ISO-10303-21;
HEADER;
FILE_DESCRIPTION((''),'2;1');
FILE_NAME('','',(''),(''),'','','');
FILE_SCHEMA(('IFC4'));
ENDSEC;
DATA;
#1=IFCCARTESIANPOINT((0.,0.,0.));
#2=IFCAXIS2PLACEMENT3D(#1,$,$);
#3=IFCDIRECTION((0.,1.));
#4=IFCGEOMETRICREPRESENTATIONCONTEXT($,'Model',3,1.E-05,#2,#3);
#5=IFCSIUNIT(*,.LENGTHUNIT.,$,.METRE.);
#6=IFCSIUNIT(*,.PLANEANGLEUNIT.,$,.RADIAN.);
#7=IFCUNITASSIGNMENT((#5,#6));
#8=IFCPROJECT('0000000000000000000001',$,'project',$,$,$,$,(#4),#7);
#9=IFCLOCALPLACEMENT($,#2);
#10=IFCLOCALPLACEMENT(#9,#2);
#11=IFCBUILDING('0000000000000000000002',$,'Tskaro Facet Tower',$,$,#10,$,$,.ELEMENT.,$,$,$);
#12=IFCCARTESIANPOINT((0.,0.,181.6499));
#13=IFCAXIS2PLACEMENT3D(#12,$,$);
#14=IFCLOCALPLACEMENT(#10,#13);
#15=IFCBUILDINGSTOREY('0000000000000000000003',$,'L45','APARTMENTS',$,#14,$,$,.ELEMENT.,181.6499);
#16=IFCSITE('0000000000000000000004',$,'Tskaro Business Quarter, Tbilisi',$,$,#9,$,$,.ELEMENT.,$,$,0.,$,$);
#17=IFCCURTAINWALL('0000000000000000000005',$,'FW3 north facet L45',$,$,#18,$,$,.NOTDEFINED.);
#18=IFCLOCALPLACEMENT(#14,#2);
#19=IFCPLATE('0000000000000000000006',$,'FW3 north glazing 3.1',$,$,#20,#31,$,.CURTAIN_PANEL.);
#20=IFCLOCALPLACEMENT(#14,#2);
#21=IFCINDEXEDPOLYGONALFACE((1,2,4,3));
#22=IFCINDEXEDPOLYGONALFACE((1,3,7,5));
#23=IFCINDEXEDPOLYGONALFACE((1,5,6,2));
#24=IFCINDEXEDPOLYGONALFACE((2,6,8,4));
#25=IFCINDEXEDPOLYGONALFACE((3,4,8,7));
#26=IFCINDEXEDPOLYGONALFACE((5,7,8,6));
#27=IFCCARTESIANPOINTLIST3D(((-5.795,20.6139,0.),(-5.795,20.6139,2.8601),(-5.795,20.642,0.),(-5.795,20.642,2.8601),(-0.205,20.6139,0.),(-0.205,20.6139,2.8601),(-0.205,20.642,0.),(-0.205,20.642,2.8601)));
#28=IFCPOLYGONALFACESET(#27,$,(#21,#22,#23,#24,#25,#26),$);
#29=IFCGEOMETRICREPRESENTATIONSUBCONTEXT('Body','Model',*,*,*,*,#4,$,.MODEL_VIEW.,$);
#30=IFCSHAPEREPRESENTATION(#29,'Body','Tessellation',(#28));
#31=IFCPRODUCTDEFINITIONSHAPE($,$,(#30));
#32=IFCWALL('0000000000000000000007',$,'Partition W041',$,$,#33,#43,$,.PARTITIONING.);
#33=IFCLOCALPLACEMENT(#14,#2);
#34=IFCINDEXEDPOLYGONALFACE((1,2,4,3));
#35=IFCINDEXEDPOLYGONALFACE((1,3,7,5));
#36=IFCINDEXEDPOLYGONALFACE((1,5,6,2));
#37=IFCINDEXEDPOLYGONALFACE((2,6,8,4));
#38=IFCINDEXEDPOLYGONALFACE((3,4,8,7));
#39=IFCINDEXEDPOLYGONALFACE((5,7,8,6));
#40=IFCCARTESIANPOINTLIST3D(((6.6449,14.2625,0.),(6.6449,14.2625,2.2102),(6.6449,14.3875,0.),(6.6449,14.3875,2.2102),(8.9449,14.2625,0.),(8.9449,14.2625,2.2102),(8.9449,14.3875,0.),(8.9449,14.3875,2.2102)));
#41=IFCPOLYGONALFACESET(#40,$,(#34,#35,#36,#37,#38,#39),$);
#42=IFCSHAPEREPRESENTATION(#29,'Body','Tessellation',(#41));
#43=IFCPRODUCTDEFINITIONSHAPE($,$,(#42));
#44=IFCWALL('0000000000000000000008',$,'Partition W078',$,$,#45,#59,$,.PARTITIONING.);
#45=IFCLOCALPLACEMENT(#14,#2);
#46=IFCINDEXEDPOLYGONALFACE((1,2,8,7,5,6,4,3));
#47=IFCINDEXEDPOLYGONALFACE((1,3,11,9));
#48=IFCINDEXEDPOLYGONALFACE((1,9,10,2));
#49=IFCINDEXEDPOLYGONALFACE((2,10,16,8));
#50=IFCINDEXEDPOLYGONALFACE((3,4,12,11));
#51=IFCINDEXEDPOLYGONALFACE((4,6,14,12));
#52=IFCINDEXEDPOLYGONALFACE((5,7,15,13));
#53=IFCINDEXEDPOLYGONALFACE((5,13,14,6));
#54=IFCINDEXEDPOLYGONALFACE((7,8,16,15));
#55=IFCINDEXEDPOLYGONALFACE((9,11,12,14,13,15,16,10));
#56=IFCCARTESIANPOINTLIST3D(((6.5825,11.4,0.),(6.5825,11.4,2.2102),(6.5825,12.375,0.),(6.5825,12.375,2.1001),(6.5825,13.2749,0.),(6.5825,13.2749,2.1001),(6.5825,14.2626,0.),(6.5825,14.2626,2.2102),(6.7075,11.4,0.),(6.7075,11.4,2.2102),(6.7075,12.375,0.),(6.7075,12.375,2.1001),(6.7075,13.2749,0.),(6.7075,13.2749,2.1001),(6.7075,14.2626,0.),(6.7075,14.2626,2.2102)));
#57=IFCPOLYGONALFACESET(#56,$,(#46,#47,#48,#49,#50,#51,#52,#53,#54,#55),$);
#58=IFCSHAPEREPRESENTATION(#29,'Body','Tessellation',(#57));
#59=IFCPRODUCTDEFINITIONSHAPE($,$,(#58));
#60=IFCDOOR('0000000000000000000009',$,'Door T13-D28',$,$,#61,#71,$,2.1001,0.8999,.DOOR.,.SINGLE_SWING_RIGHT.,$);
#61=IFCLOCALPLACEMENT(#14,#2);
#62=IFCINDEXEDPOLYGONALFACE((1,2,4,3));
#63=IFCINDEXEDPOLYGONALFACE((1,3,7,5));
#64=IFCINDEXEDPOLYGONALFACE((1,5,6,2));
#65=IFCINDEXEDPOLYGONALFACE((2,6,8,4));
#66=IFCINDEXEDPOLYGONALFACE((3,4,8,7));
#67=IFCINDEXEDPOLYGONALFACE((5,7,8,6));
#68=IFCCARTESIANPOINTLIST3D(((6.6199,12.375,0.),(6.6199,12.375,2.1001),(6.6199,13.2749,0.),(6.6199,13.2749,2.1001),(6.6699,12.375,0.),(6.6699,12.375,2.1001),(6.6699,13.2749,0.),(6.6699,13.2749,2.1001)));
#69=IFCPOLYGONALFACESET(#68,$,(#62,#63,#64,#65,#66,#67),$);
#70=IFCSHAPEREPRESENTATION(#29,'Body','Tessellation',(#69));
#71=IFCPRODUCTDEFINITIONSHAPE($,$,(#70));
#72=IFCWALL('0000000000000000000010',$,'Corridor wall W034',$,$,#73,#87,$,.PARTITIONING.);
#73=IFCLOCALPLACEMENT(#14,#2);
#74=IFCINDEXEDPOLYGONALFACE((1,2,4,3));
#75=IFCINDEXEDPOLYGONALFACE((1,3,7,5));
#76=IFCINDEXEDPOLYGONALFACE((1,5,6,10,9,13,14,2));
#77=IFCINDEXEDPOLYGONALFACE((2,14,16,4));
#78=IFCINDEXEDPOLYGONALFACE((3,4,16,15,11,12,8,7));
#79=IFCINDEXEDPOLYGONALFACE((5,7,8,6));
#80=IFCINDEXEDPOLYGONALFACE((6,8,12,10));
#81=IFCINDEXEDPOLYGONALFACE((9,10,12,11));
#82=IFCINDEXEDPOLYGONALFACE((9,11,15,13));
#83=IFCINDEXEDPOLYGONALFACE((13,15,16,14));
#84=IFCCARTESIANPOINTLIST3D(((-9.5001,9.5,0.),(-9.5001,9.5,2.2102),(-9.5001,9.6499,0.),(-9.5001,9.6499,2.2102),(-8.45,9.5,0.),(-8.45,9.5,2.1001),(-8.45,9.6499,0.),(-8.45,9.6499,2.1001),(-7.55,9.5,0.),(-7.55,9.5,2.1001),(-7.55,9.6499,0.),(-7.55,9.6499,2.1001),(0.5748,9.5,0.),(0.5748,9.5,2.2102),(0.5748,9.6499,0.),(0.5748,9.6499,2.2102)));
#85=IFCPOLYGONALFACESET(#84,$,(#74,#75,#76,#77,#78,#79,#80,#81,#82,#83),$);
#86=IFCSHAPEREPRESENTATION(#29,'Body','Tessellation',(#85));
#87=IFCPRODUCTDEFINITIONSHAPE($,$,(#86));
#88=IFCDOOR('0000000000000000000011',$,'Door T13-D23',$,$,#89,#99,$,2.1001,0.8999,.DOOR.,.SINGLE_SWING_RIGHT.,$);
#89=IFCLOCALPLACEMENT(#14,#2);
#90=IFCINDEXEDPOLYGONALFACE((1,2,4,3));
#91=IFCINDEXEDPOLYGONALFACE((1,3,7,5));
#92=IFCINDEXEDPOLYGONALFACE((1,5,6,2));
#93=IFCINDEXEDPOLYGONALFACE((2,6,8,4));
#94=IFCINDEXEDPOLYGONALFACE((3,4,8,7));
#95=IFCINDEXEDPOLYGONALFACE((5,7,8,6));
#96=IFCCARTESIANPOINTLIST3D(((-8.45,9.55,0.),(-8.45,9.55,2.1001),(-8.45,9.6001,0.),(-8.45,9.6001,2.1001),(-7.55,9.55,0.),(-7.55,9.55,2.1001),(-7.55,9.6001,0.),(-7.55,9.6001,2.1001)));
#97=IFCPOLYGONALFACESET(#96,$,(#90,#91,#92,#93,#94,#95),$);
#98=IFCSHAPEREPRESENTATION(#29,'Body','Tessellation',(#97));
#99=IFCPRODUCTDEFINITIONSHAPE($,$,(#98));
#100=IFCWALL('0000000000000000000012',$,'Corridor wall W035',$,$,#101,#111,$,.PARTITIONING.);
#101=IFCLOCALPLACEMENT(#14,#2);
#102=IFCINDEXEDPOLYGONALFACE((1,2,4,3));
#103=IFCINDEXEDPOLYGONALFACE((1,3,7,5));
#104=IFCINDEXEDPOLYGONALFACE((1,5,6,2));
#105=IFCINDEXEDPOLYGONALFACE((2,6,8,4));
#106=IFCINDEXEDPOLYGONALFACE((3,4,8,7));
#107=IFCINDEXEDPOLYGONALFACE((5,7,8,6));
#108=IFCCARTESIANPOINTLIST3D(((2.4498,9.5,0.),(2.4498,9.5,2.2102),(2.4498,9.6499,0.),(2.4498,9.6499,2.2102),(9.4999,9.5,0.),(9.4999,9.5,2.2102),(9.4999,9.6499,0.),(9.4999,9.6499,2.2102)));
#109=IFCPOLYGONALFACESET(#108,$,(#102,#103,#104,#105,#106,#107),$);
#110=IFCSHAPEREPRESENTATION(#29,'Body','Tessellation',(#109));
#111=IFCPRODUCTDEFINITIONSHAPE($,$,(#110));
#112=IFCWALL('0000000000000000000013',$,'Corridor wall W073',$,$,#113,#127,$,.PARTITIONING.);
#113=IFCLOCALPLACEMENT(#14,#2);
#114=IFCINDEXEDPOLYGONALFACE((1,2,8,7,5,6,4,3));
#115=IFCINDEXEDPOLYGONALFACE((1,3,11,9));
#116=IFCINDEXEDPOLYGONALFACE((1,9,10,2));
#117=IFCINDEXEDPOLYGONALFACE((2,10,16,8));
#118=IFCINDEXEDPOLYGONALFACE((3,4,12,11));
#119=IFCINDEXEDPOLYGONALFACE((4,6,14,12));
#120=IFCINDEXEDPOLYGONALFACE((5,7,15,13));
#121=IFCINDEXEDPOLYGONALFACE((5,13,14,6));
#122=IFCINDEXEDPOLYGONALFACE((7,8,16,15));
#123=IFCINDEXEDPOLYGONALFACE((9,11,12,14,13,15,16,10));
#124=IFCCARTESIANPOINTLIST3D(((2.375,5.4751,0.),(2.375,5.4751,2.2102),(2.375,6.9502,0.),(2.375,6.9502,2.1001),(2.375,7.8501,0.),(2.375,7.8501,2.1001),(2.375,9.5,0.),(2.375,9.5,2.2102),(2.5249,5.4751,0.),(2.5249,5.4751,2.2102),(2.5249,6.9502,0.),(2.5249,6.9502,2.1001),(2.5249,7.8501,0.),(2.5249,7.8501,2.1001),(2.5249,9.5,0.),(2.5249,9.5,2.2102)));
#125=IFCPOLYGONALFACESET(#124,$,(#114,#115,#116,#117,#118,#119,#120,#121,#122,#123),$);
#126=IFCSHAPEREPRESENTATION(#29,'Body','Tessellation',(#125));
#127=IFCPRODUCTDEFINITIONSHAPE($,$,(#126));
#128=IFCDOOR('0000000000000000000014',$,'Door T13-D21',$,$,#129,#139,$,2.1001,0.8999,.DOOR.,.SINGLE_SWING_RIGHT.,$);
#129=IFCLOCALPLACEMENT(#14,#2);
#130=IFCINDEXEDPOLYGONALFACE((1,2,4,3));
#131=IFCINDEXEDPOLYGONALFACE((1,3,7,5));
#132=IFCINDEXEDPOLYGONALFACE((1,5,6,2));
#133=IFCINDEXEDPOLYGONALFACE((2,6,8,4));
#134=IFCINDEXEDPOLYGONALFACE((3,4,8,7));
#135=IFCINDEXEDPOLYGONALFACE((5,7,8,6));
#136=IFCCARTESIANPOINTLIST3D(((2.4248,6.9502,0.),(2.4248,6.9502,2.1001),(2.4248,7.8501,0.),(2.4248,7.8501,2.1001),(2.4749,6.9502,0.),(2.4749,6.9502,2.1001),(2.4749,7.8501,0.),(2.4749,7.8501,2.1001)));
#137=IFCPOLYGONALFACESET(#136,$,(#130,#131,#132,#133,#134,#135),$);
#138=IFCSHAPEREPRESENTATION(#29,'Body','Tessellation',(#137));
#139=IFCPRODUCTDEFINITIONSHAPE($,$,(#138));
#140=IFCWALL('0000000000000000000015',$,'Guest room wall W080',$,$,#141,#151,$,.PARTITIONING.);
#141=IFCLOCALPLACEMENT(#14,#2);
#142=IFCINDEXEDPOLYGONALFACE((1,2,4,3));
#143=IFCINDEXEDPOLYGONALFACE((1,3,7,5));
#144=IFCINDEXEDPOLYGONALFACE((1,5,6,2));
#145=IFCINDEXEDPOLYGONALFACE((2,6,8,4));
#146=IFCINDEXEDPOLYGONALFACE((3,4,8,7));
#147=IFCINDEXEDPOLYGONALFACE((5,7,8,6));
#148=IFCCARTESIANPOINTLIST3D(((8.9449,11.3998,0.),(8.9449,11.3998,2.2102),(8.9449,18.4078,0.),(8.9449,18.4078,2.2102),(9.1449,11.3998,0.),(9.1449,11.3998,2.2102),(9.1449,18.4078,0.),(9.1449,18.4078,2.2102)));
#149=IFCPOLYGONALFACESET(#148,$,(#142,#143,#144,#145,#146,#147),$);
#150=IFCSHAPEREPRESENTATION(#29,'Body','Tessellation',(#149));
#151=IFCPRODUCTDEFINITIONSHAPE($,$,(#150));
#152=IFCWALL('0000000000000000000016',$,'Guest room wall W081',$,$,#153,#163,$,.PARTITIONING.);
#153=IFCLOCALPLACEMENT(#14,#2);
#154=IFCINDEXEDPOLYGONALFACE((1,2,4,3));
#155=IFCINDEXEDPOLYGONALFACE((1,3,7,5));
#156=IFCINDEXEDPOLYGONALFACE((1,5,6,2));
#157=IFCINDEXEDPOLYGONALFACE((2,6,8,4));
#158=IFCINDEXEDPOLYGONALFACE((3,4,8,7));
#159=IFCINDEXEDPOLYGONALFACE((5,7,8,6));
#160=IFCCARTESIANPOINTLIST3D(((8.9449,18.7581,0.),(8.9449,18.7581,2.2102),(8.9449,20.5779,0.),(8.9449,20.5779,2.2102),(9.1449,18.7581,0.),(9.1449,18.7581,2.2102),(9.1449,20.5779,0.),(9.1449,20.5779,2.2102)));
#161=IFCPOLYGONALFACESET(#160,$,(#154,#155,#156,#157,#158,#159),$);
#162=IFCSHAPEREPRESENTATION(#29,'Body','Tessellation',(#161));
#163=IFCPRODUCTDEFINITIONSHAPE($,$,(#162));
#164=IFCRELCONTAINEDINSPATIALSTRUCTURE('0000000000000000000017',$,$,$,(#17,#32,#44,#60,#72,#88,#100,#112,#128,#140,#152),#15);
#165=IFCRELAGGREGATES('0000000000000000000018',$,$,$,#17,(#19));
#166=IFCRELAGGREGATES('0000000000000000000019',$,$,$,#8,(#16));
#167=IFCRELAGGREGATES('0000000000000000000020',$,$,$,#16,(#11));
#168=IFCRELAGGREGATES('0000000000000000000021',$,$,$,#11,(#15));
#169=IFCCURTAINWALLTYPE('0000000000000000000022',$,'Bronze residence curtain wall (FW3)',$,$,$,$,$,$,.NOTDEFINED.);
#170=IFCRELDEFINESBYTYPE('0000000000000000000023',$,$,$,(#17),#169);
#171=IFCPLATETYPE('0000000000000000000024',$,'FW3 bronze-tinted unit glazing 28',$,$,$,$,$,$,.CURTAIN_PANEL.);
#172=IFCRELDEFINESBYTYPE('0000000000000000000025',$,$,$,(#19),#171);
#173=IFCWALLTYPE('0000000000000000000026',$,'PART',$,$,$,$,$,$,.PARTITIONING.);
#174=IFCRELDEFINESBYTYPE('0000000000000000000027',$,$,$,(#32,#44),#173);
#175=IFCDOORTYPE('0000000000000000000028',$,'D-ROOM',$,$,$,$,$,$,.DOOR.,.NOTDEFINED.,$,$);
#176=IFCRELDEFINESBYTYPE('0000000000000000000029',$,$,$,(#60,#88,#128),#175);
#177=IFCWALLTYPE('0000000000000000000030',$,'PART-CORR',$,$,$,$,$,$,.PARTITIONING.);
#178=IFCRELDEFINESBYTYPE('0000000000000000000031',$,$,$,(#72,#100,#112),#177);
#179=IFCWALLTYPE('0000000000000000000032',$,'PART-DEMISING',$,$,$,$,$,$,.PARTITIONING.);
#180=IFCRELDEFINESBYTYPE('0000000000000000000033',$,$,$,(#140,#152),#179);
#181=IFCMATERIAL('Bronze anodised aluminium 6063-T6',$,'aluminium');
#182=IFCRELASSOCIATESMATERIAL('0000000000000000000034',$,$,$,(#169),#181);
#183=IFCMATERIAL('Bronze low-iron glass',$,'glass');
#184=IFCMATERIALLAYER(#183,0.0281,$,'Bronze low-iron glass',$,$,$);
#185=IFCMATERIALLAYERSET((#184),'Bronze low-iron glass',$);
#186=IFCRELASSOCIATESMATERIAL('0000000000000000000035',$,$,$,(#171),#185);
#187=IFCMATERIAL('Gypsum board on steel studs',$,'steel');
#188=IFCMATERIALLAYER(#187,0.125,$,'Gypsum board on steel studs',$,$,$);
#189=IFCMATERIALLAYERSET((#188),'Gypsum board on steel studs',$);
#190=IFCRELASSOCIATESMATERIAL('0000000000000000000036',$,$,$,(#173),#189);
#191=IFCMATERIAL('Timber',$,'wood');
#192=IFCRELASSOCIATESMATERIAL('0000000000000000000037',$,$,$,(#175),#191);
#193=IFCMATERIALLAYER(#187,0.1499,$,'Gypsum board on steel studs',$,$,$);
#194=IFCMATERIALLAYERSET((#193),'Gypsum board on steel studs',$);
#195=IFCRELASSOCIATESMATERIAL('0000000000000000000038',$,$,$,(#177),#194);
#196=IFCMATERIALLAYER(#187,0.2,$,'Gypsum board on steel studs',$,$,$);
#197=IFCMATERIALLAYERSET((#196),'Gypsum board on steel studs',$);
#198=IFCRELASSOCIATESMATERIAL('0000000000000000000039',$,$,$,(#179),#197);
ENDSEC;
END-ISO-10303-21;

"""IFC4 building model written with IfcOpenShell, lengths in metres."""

from ifc_helpers import new_model, si_unit, direction, frame, frame_2d, origin, origin_2d, place, context, subcontext, project, spatial, rectangle, extrude, material, layer, layer_set, type_object, element, fill, aggregate, save


model = new_model("IFC4")

# Units and contexts
model_context = context("Model", 3, precision=1e-05, world=origin(), true_north=direction((0.0, 1.0)))
body_context = subcontext(model_context, "Body", "Model", "MODEL_VIEW")
ifc_project = project(units=[si_unit("LENGTHUNIT", "METRE"), si_unit("PLANEANGLEUNIT", "RADIAN")], contexts=[model_context])

# Site, building, storey
site_placement = place(None, origin())
site = spatial("IfcSite", under=ifc_project, at=site_placement, Name="Tskaro Business Quarter, Tbilisi", CompositionType="ELEMENT", RefElevation=0.0)
building_placement = place(site_placement, origin())
building = spatial("IfcBuilding", under=site, at=building_placement, Name="Tskaro Facet Tower", CompositionType="ELEMENT")
storey_placement = place(building_placement, frame((0.0, 0.0, 181.6499)))
storey = spatial("IfcBuildingStorey", under=building, at=storey_placement, Name="L45", Description="APARTMENTS", CompositionType="ELEMENT", Elevation=181.6499)

# Curtain wall
ifc_material_1 = material(Name="Bronze anodised aluminium 6063-T6", Category="aluminium")
curtain_wall_type = type_object("IfcCurtainWallType", Name="Bronze residence curtain wall (FW3)", PredefinedType="NOTDEFINED", material=ifc_material_1)
curtain_wall_placement = place(storey_placement, origin())
curtain_wall = element("IfcCurtainWall", 1, at=curtain_wall_placement, inside=storey, type_object=curtain_wall_type, Name="FW3 north facet L45", PredefinedType="NOTDEFINED")

# Plate
ifc_material_2 = material(Name="Bronze low-iron glass", Category="glass")
ifc_layer_1 = layer(ifc_material_2, 0.0281, Name="Bronze low-iron glass")
ifc_layer_set_1 = layer_set([ifc_layer_1], Name="Bronze low-iron glass")
plate_type = type_object("IfcPlateType", Name="FW3 bronze-tinted unit glazing 28", PredefinedType="CURTAIN_PANEL", material=ifc_layer_set_1)
plate_1_placement = place(storey_placement, frame((-3.0, 20.6279, 0.0), z_axis=(0.0, 0.0, 1.0), x_axis=(-1.0, 0.0, 0.0)))
plate_1 = element("IfcPlate", 2, at=plate_1_placement, type_object=plate_type, Name="FW3 north glazing 3.1", PredefinedType="CURTAIN_PANEL", context=body_context, shape_type="SweptSolid", body=[
    extrude(rectangle(XDim=5.5901, YDim=0.0281, at=origin_2d()), origin(), (0.0, 0.0, 1.0), 2.8601),
])
aggregate(curtain_wall, [plate_1])

# Wall
ifc_material_3 = material(Name="Gypsum board on steel studs", Category="steel")
ifc_layer_2 = layer(ifc_material_3, 0.125, Name="Gypsum board on steel studs")
ifc_layer_set_2 = layer_set([ifc_layer_2], Name="Gypsum board on steel studs")
wall_type_1 = type_object("IfcWallType", Name="PART", PredefinedType="PARTITIONING", material=ifc_layer_set_2)
wall_1_placement = place(storey_placement, frame((6.645, 14.325, 0.0), z_axis=(0.0, 0.0, 1.0), x_axis=(1.0, 0.0, 0.0)))
element("IfcWall", 3, at=wall_1_placement, inside=storey, type_object=wall_type_1, Name="Partition W041", PredefinedType="PARTITIONING", context=body_context, shape_type="SweptSolid", body=[
    extrude(rectangle(XDim=2.3, YDim=0.125, at=frame_2d((1.1499, 0.0))), origin(), (0.0, 0.0, 1.0), 2.2102),
])

# Walls, openings, doors
wall_2_placement = place(storey_placement, frame((6.645, 14.2625, 0.0), z_axis=(0.0, 0.0, 1.0), x_axis=(0.0, -1.0, 0.0)))
wall_2 = element("IfcWall", 4, at=wall_2_placement, inside=storey, type_object=wall_type_1, Name="Partition W078", PredefinedType="PARTITIONING", context=body_context, shape_type="SweptSolid", body=[
    extrude(rectangle(XDim=2.8625, YDim=0.125, at=frame_2d((1.4312, 0.0))), origin(), (0.0, 0.0, 1.0), 2.2102),
])
opening_1_placement = place(wall_2_placement, frame((0.9875, 0.0, 0.0)))
opening_1 = element("IfcOpeningElement", 5, at=opening_1_placement, cuts=wall_2, PredefinedType="OPENING", context=body_context, shape_type="SweptSolid", body=[
    extrude(rectangle(XDim=0.8999, YDim=2.1001, at=frame_2d((0.45, 1.05))), frame((0.0, 0.0725, 0.0), z_axis=(0.0, -1.0, 0.0), x_axis=(1.0, 0.0, 0.0)), (0.0, 0.0, 1.0), 0.145),
])
ifc_material_4 = material(Name="Timber", Category="wood")
door_type = type_object("IfcDoorType", Name="D-ROOM", OperationType="NOTDEFINED", PredefinedType="DOOR", material=ifc_material_4)
door_1_placement = place(opening_1_placement, origin())
door_1 = element("IfcDoor", 6, at=door_1_placement, inside=storey, type_object=door_type, Name="Door T13-D28", OperationType="SINGLE_SWING_RIGHT", OverallHeight=2.1001, OverallWidth=0.8999, PredefinedType="DOOR", context=body_context, shape_type="SweptSolid", body=[
    extrude(rectangle(XDim=0.8999, YDim=2.1001, at=frame_2d((0.45, 1.05))), frame((0.0, 0.0249, 0.0), z_axis=(0.0, -1.0, 0.0), x_axis=(1.0, 0.0, 0.0)), (0.0, 0.0, 1.0), 0.05),
])
fill(opening_1, door_1)
ifc_layer_3 = layer(ifc_material_3, 0.1499, Name="Gypsum board on steel studs")
ifc_layer_set_3 = layer_set([ifc_layer_3], Name="Gypsum board on steel studs")
wall_type_2 = type_object("IfcWallType", Name="PART-CORR", PredefinedType="PARTITIONING", material=ifc_layer_set_3)
wall_3_placement = place(storey_placement, frame((0.575, 9.575, 0.0), z_axis=(0.0, 0.0, 1.0), x_axis=(-1.0, 0.0, 0.0)))
wall_3 = element("IfcWall", 7, at=wall_3_placement, inside=storey, type_object=wall_type_2, Name="Corridor wall W034", PredefinedType="PARTITIONING", context=body_context, shape_type="SweptSolid", body=[
    extrude(rectangle(XDim=10.075, YDim=0.1499, at=frame_2d((5.0376, 0.0))), origin(), (0.0, 0.0, 1.0), 2.2102),
])
opening_2_placement = place(wall_3_placement, frame((8.125, 0.0, 0.0)))
opening_2 = element("IfcOpeningElement", 8, at=opening_2_placement, cuts=wall_3, PredefinedType="OPENING", context=body_context, shape_type="SweptSolid", body=[
    extrude(rectangle(XDim=0.8999, YDim=2.1001, at=frame_2d((0.45, 1.05))), frame((0.0, 0.085, 0.0), z_axis=(0.0, -1.0, 0.0), x_axis=(1.0, 0.0, 0.0)), (0.0, 0.0, 1.0), 0.1699),
])
door_2_placement = place(opening_2_placement, origin())
door_2 = element("IfcDoor", 9, at=door_2_placement, inside=storey, type_object=door_type, Name="Door T13-D23", OperationType="SINGLE_SWING_RIGHT", OverallHeight=2.1001, OverallWidth=0.8999, PredefinedType="DOOR", context=body_context, shape_type="SweptSolid", body=[
    extrude(rectangle(XDim=0.8999, YDim=2.1001, at=frame_2d((0.45, 1.05))), frame((0.0, 0.0249, 0.0), z_axis=(0.0, -1.0, 0.0), x_axis=(1.0, 0.0, 0.0)), (0.0, 0.0, 1.0), 0.05),
])
fill(opening_2, door_2)

# Wall
wall_4_placement = place(storey_placement, frame((2.45, 9.575, 0.0), z_axis=(0.0, 0.0, 1.0), x_axis=(1.0, 0.0, 0.0)))
element("IfcWall", 10, at=wall_4_placement, inside=storey, type_object=wall_type_2, Name="Corridor wall W035", PredefinedType="PARTITIONING", context=body_context, shape_type="SweptSolid", body=[
    extrude(rectangle(XDim=7.05, YDim=0.1499, at=frame_2d((3.5249, 0.0))), origin(), (0.0, 0.0, 1.0), 2.2102),
])

# Wall, opening, door
wall_5_placement = place(storey_placement, frame((2.45, 9.5, 0.0), z_axis=(0.0, 0.0, 1.0), x_axis=(0.0, -1.0, 0.0)))
wall_5 = element("IfcWall", 11, at=wall_5_placement, inside=storey, type_object=wall_type_2, Name="Corridor wall W073", PredefinedType="PARTITIONING", context=body_context, shape_type="SweptSolid", body=[
    extrude(rectangle(XDim=4.0249, YDim=0.1499, at=frame_2d((2.0125, 0.0))), origin(), (0.0, 0.0, 1.0), 2.2102),
])
opening_3_placement = place(wall_5_placement, frame((1.6499, 0.0, 0.0)))
opening_3 = element("IfcOpeningElement", 12, at=opening_3_placement, cuts=wall_5, PredefinedType="OPENING", context=body_context, shape_type="SweptSolid", body=[
    extrude(rectangle(XDim=0.8999, YDim=2.1001, at=frame_2d((0.45, 1.05))), frame((0.0, 0.085, 0.0), z_axis=(0.0, -1.0, 0.0), x_axis=(1.0, 0.0, 0.0)), (0.0, 0.0, 1.0), 0.1699),
])
door_3_placement = place(opening_3_placement, origin())
door_3 = element("IfcDoor", 13, at=door_3_placement, inside=storey, type_object=door_type, Name="Door T13-D21", OperationType="SINGLE_SWING_RIGHT", OverallHeight=2.1001, OverallWidth=0.8999, PredefinedType="DOOR", context=body_context, shape_type="SweptSolid", body=[
    extrude(rectangle(XDim=0.8999, YDim=2.1001, at=frame_2d((0.45, 1.05))), frame((0.0, 0.0249, 0.0), z_axis=(0.0, -1.0, 0.0), x_axis=(1.0, 0.0, 0.0)), (0.0, 0.0, 1.0), 0.05),
])
fill(opening_3, door_3)

# Walls
ifc_layer_4 = layer(ifc_material_3, 0.2, Name="Gypsum board on steel studs")
ifc_layer_set_4 = layer_set([ifc_layer_4], Name="Gypsum board on steel studs")
wall_type_3 = type_object("IfcWallType", Name="PART-DEMISING", PredefinedType="PARTITIONING", material=ifc_layer_set_4)
wall_6_placement = place(storey_placement, frame((9.0449, 11.3999, 0.0), z_axis=(0.0, 0.0, 1.0), x_axis=(0.0, 1.0, 0.0)))
element("IfcWall", 14, at=wall_6_placement, inside=storey, type_object=wall_type_3, Name="Guest room wall W080", PredefinedType="PARTITIONING", context=body_context, shape_type="SweptSolid", body=[
    extrude(rectangle(XDim=7.0081, YDim=0.2, at=frame_2d((3.5039, 0.0))), origin(), (0.0, 0.0, 1.0), 2.2102),
])
wall_7_placement = place(storey_placement, frame((9.0449, 18.7581, 0.0), z_axis=(0.0, 0.0, 1.0), x_axis=(0.0, 1.0, 0.0)))
element("IfcWall", 15, at=wall_7_placement, inside=storey, type_object=wall_type_3, Name="Guest room wall W081", PredefinedType="PARTITIONING", context=body_context, shape_type="SweptSolid", body=[
    extrude(rectangle(XDim=1.8198, YDim=0.2, at=frame_2d((0.9099, 0.0))), origin(), (0.0, 0.0, 1.0), 2.2102),
])

save(model, "model.ifc")
